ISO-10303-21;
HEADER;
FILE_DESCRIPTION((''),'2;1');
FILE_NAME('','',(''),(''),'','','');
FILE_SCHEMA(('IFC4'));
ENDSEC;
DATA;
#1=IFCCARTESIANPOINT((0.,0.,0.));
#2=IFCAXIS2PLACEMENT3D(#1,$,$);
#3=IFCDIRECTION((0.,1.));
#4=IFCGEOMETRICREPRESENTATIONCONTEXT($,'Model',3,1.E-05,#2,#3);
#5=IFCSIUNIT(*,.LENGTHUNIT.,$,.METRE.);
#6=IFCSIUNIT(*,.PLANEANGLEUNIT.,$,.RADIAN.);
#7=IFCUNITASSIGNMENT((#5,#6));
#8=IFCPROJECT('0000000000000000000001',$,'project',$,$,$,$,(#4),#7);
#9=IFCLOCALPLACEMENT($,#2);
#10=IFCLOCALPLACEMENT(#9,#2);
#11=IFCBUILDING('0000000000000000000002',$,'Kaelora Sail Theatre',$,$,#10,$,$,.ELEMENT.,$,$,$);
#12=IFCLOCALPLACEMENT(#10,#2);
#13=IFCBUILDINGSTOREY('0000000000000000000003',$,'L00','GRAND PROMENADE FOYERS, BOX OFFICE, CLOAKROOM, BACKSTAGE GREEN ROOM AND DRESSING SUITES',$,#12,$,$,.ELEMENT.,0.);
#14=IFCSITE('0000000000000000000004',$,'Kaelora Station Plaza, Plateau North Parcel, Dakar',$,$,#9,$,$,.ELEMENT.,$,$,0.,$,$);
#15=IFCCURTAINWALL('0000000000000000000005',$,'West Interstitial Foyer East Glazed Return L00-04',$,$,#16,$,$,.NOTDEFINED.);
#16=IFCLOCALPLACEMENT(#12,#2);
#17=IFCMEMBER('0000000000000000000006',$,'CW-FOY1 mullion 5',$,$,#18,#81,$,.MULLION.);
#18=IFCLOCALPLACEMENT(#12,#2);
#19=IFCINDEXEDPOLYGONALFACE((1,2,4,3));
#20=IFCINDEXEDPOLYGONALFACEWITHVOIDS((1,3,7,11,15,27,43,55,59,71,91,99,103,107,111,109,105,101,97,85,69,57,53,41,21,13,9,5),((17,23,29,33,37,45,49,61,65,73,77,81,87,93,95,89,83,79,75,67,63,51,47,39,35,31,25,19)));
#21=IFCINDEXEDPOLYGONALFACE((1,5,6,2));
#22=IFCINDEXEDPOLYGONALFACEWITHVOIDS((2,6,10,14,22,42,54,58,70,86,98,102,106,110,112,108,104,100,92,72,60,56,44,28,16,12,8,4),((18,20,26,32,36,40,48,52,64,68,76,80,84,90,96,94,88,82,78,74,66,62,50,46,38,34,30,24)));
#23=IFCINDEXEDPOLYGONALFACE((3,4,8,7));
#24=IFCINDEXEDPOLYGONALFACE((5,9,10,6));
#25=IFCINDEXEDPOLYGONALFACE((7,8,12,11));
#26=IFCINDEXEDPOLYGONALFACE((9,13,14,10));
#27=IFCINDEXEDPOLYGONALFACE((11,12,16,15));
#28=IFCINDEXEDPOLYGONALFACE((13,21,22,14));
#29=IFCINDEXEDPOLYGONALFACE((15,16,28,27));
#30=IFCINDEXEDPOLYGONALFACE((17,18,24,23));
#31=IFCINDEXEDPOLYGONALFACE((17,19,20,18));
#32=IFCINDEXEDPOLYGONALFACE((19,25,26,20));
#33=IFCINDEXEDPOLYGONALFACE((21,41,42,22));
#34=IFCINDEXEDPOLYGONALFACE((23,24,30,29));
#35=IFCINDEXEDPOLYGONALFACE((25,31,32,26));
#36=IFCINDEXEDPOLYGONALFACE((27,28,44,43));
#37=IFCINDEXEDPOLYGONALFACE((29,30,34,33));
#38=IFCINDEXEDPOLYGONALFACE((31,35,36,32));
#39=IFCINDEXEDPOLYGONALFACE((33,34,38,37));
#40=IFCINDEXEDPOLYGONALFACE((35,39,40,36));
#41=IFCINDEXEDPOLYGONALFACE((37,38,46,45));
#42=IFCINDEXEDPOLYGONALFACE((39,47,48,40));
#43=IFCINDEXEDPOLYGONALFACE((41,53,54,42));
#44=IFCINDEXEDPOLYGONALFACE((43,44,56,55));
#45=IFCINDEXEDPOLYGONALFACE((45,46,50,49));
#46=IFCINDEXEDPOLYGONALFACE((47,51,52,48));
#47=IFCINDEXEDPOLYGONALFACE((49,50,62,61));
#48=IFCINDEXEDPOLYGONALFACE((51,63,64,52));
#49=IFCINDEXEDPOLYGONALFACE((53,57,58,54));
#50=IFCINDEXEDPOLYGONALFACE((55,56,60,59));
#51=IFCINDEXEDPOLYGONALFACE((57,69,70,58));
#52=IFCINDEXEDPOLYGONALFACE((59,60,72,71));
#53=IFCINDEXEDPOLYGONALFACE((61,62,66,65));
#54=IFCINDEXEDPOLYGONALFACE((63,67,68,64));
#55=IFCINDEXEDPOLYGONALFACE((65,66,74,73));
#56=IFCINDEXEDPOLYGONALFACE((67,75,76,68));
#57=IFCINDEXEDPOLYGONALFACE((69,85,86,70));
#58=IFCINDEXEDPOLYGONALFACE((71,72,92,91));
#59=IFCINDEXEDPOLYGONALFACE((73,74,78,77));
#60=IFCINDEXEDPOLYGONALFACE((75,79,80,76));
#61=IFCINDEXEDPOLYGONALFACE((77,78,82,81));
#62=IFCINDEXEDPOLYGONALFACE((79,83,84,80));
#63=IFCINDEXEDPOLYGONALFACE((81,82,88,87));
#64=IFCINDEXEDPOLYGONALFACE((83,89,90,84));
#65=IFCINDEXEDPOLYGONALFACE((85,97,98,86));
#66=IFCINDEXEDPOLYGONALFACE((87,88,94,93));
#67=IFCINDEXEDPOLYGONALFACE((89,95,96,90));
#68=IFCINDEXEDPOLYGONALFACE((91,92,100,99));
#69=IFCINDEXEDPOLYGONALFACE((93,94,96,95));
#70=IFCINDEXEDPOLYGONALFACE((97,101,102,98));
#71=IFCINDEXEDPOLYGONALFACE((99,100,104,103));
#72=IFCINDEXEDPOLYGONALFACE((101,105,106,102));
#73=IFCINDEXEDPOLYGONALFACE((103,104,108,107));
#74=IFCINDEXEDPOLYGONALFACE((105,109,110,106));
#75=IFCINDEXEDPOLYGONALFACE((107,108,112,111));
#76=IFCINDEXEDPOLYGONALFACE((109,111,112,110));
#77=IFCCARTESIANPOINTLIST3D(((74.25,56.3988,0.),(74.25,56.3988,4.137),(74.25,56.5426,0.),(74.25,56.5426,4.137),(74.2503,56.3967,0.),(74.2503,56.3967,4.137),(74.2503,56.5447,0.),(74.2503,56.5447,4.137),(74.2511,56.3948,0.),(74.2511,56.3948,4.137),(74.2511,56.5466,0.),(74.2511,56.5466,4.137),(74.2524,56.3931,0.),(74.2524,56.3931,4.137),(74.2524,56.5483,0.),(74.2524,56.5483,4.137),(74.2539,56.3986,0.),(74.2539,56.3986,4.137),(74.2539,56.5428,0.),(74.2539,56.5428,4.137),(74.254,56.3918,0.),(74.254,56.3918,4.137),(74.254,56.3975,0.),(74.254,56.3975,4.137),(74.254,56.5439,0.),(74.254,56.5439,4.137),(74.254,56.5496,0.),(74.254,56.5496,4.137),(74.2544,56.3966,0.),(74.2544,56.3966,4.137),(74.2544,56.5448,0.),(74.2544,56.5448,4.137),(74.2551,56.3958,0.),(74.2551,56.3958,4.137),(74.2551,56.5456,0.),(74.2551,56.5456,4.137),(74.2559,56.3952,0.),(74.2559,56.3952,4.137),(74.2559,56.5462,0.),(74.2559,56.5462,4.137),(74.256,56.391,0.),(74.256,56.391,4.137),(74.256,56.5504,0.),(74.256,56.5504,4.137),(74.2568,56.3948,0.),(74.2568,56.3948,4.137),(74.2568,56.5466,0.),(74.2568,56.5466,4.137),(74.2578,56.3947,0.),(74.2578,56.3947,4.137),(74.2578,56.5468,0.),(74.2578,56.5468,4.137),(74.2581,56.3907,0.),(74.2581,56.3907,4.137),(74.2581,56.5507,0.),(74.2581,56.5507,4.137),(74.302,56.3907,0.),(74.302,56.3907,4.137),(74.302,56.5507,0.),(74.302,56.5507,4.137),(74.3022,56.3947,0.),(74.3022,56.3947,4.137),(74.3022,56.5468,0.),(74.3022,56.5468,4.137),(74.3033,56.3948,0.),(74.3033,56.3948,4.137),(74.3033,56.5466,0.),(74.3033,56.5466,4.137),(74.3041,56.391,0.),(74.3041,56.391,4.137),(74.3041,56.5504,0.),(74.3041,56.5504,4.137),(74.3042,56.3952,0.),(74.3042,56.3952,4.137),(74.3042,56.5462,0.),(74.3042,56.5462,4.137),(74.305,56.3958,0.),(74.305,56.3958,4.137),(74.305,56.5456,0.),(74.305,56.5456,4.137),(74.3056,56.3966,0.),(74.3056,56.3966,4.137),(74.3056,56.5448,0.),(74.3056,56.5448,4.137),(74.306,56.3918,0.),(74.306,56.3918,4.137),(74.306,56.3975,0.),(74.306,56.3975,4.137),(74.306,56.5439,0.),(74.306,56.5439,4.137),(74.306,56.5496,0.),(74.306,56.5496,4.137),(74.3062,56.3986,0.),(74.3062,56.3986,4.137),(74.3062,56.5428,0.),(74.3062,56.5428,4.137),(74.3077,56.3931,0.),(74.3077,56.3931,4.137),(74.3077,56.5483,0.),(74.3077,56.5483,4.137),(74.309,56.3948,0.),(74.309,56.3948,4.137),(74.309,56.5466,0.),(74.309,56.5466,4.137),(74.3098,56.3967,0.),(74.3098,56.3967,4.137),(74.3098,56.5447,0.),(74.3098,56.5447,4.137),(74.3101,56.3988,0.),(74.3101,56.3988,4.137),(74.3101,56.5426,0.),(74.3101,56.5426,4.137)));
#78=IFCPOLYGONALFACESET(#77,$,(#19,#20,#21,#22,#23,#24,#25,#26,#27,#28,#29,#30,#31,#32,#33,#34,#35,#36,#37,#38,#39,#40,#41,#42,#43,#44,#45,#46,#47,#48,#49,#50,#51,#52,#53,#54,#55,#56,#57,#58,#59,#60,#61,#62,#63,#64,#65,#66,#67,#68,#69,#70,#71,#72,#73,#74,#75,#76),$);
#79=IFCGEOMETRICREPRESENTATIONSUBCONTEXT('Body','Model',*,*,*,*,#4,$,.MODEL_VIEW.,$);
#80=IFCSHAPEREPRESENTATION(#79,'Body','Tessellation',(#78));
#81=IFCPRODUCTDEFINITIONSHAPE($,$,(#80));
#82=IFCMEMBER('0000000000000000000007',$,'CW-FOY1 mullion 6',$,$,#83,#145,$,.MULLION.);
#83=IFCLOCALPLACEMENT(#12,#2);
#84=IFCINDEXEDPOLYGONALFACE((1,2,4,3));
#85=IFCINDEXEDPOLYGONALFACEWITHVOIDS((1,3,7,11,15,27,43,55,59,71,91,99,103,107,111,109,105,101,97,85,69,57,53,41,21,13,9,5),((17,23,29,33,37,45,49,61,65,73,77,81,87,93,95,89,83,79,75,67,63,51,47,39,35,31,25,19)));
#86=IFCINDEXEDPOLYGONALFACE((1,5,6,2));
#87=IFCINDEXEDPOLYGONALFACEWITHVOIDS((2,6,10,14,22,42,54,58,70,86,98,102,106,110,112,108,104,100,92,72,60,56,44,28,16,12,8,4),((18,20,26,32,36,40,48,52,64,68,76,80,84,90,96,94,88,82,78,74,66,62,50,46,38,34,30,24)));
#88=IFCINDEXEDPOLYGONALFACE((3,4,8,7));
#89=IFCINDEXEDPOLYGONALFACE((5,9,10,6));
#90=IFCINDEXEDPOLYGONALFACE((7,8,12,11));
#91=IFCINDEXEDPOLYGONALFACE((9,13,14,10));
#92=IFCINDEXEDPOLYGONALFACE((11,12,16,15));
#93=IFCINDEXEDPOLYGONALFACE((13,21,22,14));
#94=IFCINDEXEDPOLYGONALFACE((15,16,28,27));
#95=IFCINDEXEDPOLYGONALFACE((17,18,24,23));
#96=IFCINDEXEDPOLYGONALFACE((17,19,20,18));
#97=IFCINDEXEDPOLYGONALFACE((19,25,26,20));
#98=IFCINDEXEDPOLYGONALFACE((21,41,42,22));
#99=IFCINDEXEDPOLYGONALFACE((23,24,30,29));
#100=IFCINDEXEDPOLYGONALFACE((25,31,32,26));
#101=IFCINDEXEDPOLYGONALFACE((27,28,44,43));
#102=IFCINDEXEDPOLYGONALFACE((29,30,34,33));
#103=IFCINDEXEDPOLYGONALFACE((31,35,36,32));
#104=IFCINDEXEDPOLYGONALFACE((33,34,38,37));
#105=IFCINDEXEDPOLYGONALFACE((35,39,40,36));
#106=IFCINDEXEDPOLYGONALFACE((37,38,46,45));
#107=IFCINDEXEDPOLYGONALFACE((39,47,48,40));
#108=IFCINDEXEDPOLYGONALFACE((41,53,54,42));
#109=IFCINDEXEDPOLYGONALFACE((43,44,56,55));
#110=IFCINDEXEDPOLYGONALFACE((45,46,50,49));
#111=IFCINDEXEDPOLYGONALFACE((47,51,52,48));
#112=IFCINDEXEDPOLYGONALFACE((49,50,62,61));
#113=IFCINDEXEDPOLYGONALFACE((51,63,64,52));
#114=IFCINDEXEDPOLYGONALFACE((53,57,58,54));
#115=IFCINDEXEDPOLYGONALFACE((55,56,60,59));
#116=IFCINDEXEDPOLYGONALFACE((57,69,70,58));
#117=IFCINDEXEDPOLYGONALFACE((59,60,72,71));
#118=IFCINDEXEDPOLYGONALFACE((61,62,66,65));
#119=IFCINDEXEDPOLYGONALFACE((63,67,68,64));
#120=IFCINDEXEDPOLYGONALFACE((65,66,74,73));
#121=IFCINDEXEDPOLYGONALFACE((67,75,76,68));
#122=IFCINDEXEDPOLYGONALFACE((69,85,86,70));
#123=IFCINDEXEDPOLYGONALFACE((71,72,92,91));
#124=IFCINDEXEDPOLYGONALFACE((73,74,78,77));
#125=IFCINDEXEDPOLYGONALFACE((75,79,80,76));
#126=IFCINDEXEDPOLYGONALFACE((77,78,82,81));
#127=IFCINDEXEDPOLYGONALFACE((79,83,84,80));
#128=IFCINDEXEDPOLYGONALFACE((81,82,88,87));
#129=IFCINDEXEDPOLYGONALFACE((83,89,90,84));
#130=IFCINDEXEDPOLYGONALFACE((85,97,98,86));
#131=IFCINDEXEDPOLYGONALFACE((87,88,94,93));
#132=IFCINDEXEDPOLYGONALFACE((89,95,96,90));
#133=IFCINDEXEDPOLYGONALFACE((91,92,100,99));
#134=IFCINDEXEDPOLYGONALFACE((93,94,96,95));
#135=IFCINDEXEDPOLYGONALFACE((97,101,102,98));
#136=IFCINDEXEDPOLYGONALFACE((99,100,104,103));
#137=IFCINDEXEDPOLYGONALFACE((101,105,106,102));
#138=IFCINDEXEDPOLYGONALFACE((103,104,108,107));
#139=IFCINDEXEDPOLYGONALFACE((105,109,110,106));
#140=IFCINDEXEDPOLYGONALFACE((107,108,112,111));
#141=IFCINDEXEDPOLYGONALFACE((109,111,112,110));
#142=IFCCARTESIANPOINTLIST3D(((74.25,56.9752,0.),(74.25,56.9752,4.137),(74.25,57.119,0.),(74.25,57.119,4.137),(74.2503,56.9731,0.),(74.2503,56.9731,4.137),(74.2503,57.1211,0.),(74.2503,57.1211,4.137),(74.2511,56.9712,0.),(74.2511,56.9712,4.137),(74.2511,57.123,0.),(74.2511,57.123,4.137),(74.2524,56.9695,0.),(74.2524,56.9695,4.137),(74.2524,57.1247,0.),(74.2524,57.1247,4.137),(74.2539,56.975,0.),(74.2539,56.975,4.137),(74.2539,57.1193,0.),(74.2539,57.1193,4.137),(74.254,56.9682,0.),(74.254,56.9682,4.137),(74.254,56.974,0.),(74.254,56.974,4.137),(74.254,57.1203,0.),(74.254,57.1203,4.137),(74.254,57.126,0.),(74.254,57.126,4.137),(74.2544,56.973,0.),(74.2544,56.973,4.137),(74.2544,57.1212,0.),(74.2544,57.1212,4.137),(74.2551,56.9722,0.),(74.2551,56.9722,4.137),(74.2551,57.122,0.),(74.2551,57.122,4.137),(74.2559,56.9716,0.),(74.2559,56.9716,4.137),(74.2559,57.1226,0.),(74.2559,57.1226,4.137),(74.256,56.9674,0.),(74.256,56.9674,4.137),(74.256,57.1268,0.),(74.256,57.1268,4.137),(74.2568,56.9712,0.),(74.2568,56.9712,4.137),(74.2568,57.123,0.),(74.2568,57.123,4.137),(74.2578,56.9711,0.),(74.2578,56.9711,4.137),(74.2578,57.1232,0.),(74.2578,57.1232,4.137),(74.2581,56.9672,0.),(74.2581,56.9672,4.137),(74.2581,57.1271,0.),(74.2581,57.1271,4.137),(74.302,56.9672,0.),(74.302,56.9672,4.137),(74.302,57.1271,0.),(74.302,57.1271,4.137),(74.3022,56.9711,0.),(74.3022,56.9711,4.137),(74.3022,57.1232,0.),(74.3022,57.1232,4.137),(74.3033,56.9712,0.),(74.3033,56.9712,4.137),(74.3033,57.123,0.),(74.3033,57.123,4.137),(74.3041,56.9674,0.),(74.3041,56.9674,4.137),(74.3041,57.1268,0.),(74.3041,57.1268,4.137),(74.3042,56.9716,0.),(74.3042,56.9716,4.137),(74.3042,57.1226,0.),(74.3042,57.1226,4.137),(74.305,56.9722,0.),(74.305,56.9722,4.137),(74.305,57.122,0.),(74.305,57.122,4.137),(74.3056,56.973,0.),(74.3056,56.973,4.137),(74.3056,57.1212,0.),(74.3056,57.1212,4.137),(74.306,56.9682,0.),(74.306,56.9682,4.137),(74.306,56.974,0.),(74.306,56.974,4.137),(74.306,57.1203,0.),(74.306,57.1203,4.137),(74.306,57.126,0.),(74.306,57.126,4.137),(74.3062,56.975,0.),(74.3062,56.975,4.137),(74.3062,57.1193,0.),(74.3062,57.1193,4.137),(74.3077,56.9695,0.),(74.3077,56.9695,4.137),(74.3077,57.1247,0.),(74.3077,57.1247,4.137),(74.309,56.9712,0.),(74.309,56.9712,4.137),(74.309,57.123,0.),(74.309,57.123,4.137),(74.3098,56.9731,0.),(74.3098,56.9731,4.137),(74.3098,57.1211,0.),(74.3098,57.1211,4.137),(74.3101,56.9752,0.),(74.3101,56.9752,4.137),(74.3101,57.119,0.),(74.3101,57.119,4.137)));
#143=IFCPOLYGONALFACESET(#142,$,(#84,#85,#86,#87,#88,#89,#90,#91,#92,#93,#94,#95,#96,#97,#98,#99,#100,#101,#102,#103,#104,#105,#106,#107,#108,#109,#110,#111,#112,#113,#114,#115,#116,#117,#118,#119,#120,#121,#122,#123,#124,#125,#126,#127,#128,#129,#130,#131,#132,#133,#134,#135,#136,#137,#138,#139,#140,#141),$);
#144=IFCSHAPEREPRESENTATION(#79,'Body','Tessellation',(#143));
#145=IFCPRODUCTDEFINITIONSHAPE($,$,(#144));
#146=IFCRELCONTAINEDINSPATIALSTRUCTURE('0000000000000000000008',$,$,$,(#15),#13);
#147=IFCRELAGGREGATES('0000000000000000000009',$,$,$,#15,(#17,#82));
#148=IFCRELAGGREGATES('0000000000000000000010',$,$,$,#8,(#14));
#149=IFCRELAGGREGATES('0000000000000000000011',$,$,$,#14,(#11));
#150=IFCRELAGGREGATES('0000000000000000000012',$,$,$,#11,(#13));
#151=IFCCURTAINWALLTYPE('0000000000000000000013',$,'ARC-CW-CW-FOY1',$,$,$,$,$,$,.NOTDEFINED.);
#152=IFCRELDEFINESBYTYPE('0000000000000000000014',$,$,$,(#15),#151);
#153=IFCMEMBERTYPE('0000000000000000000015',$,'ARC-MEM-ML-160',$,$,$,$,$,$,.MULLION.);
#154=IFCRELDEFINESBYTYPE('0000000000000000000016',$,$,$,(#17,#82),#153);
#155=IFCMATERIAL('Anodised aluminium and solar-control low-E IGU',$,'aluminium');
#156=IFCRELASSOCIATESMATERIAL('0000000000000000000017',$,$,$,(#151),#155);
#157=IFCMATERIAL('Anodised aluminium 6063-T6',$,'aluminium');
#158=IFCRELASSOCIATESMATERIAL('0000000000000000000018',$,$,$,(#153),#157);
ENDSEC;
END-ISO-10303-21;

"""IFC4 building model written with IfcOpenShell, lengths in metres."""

from ifc_helpers import new_model, si_unit, direction, frame, origin, origin_2d, place, context, subcontext, project, spatial, hollow_rectangle, extrude, material, material_profile, profile_set, type_object, element, aggregate, save


model = new_model("IFC4")

# Units and contexts
model_context = context("Model", 3, precision=1e-05, world=origin(), true_north=direction((0.0, 1.0)))
body_context = subcontext(model_context, "Body", "Model", "MODEL_VIEW")
ifc_project = project(units=[si_unit("LENGTHUNIT", "METRE"), si_unit("PLANEANGLEUNIT", "RADIAN")], contexts=[model_context])

# Site, building, storey
site_placement = place(None, origin())
site = spatial("IfcSite", under=ifc_project, at=site_placement, Name="Kaelora Station Plaza, Plateau North Parcel, Dakar", CompositionType="ELEMENT", RefElevation=0.0)
building_placement = place(site_placement, origin())
building = spatial("IfcBuilding", under=site, at=building_placement, Name="Kaelora Sail Theatre", CompositionType="ELEMENT")
storey_placement = place(building_placement, origin())
storey = spatial("IfcBuildingStorey", under=building, at=storey_placement, Name="L00", Description="GRAND PROMENADE FOYERS, BOX OFFICE, CLOAKROOM, BACKSTAGE GREEN ROOM AND DRESSING SUITES", CompositionType="ELEMENT", Elevation=0.0)

# Curtain wall, members
ifc_material_1 = material(Name="Anodised aluminium and solar-control low-E IGU", Category="aluminium")
curtain_wall_type = type_object("IfcCurtainWallType", Name="ARC-CW-CW-FOY1", PredefinedType="NOTDEFINED", material=ifc_material_1)
curtain_wall_placement = place(storey_placement, origin())
curtain_wall = element("IfcCurtainWall", 1, at=curtain_wall_placement, inside=storey, type_object=curtain_wall_type, Name="West Interstitial Foyer East Glazed Return L00-04", PredefinedType="NOTDEFINED")
ifc_material_2 = material(Name="Anodised aluminium 6063-T6", Category="aluminium")
ifc_material_profile_1 = material_profile(ifc_material_2, hollow_rectangle(XDim=0.0601, YDim=0.1599, WallThickness=0.0039, InnerFilletRadius=0.0039, OuterFilletRadius=0.0081, at=origin_2d()), Name="ALU-MULL 60x160x4")
ifc_profile_set_1 = profile_set([ifc_material_profile_1], Name="Anodised aluminium 6063-T6")
member_type_1 = type_object("IfcMemberType", Name="ARC-MEM-ML-160", PredefinedType="MULLION", material=ifc_profile_set_1)
member_1_placement = place(storey_placement, frame((74.28, 56.4707, 0.0), z_axis=(0.0, 0.0, 1.0), x_axis=(-1.0, 0.0, 0.0)))
member_1 = element("IfcMember", 2, at=member_1_placement, type_object=member_type_1, Name="CW-FOY1 mullion 5", PredefinedType="MULLION", context=body_context, shape_type="SweptSolid", body=[
    extrude(hollow_rectangle(XDim=0.0601, YDim=0.1599, WallThickness=0.0039, InnerFilletRadius=0.0039, OuterFilletRadius=0.0081, at=origin_2d()), origin(), (0.0, 0.0, 1.0), 4.137),
])
member_2_placement = place(storey_placement, frame((74.28, 57.0471, 0.0), z_axis=(0.0, 0.0, 1.0), x_axis=(-1.0, 0.0, 0.0)))
member_2 = element("IfcMember", 3, at=member_2_placement, type_object=member_type_1, Name="CW-FOY1 mullion 6", PredefinedType="MULLION", context=body_context, shape_type="SweptSolid", body=[
    extrude(hollow_rectangle(XDim=0.0601, YDim=0.1599, WallThickness=0.0039, InnerFilletRadius=0.0039, OuterFilletRadius=0.0081, at=origin_2d()), origin(), (0.0, 0.0, 1.0), 4.137),
])

aggregate(curtain_wall, [member_1, member_2])

save(model, "model.ifc")
